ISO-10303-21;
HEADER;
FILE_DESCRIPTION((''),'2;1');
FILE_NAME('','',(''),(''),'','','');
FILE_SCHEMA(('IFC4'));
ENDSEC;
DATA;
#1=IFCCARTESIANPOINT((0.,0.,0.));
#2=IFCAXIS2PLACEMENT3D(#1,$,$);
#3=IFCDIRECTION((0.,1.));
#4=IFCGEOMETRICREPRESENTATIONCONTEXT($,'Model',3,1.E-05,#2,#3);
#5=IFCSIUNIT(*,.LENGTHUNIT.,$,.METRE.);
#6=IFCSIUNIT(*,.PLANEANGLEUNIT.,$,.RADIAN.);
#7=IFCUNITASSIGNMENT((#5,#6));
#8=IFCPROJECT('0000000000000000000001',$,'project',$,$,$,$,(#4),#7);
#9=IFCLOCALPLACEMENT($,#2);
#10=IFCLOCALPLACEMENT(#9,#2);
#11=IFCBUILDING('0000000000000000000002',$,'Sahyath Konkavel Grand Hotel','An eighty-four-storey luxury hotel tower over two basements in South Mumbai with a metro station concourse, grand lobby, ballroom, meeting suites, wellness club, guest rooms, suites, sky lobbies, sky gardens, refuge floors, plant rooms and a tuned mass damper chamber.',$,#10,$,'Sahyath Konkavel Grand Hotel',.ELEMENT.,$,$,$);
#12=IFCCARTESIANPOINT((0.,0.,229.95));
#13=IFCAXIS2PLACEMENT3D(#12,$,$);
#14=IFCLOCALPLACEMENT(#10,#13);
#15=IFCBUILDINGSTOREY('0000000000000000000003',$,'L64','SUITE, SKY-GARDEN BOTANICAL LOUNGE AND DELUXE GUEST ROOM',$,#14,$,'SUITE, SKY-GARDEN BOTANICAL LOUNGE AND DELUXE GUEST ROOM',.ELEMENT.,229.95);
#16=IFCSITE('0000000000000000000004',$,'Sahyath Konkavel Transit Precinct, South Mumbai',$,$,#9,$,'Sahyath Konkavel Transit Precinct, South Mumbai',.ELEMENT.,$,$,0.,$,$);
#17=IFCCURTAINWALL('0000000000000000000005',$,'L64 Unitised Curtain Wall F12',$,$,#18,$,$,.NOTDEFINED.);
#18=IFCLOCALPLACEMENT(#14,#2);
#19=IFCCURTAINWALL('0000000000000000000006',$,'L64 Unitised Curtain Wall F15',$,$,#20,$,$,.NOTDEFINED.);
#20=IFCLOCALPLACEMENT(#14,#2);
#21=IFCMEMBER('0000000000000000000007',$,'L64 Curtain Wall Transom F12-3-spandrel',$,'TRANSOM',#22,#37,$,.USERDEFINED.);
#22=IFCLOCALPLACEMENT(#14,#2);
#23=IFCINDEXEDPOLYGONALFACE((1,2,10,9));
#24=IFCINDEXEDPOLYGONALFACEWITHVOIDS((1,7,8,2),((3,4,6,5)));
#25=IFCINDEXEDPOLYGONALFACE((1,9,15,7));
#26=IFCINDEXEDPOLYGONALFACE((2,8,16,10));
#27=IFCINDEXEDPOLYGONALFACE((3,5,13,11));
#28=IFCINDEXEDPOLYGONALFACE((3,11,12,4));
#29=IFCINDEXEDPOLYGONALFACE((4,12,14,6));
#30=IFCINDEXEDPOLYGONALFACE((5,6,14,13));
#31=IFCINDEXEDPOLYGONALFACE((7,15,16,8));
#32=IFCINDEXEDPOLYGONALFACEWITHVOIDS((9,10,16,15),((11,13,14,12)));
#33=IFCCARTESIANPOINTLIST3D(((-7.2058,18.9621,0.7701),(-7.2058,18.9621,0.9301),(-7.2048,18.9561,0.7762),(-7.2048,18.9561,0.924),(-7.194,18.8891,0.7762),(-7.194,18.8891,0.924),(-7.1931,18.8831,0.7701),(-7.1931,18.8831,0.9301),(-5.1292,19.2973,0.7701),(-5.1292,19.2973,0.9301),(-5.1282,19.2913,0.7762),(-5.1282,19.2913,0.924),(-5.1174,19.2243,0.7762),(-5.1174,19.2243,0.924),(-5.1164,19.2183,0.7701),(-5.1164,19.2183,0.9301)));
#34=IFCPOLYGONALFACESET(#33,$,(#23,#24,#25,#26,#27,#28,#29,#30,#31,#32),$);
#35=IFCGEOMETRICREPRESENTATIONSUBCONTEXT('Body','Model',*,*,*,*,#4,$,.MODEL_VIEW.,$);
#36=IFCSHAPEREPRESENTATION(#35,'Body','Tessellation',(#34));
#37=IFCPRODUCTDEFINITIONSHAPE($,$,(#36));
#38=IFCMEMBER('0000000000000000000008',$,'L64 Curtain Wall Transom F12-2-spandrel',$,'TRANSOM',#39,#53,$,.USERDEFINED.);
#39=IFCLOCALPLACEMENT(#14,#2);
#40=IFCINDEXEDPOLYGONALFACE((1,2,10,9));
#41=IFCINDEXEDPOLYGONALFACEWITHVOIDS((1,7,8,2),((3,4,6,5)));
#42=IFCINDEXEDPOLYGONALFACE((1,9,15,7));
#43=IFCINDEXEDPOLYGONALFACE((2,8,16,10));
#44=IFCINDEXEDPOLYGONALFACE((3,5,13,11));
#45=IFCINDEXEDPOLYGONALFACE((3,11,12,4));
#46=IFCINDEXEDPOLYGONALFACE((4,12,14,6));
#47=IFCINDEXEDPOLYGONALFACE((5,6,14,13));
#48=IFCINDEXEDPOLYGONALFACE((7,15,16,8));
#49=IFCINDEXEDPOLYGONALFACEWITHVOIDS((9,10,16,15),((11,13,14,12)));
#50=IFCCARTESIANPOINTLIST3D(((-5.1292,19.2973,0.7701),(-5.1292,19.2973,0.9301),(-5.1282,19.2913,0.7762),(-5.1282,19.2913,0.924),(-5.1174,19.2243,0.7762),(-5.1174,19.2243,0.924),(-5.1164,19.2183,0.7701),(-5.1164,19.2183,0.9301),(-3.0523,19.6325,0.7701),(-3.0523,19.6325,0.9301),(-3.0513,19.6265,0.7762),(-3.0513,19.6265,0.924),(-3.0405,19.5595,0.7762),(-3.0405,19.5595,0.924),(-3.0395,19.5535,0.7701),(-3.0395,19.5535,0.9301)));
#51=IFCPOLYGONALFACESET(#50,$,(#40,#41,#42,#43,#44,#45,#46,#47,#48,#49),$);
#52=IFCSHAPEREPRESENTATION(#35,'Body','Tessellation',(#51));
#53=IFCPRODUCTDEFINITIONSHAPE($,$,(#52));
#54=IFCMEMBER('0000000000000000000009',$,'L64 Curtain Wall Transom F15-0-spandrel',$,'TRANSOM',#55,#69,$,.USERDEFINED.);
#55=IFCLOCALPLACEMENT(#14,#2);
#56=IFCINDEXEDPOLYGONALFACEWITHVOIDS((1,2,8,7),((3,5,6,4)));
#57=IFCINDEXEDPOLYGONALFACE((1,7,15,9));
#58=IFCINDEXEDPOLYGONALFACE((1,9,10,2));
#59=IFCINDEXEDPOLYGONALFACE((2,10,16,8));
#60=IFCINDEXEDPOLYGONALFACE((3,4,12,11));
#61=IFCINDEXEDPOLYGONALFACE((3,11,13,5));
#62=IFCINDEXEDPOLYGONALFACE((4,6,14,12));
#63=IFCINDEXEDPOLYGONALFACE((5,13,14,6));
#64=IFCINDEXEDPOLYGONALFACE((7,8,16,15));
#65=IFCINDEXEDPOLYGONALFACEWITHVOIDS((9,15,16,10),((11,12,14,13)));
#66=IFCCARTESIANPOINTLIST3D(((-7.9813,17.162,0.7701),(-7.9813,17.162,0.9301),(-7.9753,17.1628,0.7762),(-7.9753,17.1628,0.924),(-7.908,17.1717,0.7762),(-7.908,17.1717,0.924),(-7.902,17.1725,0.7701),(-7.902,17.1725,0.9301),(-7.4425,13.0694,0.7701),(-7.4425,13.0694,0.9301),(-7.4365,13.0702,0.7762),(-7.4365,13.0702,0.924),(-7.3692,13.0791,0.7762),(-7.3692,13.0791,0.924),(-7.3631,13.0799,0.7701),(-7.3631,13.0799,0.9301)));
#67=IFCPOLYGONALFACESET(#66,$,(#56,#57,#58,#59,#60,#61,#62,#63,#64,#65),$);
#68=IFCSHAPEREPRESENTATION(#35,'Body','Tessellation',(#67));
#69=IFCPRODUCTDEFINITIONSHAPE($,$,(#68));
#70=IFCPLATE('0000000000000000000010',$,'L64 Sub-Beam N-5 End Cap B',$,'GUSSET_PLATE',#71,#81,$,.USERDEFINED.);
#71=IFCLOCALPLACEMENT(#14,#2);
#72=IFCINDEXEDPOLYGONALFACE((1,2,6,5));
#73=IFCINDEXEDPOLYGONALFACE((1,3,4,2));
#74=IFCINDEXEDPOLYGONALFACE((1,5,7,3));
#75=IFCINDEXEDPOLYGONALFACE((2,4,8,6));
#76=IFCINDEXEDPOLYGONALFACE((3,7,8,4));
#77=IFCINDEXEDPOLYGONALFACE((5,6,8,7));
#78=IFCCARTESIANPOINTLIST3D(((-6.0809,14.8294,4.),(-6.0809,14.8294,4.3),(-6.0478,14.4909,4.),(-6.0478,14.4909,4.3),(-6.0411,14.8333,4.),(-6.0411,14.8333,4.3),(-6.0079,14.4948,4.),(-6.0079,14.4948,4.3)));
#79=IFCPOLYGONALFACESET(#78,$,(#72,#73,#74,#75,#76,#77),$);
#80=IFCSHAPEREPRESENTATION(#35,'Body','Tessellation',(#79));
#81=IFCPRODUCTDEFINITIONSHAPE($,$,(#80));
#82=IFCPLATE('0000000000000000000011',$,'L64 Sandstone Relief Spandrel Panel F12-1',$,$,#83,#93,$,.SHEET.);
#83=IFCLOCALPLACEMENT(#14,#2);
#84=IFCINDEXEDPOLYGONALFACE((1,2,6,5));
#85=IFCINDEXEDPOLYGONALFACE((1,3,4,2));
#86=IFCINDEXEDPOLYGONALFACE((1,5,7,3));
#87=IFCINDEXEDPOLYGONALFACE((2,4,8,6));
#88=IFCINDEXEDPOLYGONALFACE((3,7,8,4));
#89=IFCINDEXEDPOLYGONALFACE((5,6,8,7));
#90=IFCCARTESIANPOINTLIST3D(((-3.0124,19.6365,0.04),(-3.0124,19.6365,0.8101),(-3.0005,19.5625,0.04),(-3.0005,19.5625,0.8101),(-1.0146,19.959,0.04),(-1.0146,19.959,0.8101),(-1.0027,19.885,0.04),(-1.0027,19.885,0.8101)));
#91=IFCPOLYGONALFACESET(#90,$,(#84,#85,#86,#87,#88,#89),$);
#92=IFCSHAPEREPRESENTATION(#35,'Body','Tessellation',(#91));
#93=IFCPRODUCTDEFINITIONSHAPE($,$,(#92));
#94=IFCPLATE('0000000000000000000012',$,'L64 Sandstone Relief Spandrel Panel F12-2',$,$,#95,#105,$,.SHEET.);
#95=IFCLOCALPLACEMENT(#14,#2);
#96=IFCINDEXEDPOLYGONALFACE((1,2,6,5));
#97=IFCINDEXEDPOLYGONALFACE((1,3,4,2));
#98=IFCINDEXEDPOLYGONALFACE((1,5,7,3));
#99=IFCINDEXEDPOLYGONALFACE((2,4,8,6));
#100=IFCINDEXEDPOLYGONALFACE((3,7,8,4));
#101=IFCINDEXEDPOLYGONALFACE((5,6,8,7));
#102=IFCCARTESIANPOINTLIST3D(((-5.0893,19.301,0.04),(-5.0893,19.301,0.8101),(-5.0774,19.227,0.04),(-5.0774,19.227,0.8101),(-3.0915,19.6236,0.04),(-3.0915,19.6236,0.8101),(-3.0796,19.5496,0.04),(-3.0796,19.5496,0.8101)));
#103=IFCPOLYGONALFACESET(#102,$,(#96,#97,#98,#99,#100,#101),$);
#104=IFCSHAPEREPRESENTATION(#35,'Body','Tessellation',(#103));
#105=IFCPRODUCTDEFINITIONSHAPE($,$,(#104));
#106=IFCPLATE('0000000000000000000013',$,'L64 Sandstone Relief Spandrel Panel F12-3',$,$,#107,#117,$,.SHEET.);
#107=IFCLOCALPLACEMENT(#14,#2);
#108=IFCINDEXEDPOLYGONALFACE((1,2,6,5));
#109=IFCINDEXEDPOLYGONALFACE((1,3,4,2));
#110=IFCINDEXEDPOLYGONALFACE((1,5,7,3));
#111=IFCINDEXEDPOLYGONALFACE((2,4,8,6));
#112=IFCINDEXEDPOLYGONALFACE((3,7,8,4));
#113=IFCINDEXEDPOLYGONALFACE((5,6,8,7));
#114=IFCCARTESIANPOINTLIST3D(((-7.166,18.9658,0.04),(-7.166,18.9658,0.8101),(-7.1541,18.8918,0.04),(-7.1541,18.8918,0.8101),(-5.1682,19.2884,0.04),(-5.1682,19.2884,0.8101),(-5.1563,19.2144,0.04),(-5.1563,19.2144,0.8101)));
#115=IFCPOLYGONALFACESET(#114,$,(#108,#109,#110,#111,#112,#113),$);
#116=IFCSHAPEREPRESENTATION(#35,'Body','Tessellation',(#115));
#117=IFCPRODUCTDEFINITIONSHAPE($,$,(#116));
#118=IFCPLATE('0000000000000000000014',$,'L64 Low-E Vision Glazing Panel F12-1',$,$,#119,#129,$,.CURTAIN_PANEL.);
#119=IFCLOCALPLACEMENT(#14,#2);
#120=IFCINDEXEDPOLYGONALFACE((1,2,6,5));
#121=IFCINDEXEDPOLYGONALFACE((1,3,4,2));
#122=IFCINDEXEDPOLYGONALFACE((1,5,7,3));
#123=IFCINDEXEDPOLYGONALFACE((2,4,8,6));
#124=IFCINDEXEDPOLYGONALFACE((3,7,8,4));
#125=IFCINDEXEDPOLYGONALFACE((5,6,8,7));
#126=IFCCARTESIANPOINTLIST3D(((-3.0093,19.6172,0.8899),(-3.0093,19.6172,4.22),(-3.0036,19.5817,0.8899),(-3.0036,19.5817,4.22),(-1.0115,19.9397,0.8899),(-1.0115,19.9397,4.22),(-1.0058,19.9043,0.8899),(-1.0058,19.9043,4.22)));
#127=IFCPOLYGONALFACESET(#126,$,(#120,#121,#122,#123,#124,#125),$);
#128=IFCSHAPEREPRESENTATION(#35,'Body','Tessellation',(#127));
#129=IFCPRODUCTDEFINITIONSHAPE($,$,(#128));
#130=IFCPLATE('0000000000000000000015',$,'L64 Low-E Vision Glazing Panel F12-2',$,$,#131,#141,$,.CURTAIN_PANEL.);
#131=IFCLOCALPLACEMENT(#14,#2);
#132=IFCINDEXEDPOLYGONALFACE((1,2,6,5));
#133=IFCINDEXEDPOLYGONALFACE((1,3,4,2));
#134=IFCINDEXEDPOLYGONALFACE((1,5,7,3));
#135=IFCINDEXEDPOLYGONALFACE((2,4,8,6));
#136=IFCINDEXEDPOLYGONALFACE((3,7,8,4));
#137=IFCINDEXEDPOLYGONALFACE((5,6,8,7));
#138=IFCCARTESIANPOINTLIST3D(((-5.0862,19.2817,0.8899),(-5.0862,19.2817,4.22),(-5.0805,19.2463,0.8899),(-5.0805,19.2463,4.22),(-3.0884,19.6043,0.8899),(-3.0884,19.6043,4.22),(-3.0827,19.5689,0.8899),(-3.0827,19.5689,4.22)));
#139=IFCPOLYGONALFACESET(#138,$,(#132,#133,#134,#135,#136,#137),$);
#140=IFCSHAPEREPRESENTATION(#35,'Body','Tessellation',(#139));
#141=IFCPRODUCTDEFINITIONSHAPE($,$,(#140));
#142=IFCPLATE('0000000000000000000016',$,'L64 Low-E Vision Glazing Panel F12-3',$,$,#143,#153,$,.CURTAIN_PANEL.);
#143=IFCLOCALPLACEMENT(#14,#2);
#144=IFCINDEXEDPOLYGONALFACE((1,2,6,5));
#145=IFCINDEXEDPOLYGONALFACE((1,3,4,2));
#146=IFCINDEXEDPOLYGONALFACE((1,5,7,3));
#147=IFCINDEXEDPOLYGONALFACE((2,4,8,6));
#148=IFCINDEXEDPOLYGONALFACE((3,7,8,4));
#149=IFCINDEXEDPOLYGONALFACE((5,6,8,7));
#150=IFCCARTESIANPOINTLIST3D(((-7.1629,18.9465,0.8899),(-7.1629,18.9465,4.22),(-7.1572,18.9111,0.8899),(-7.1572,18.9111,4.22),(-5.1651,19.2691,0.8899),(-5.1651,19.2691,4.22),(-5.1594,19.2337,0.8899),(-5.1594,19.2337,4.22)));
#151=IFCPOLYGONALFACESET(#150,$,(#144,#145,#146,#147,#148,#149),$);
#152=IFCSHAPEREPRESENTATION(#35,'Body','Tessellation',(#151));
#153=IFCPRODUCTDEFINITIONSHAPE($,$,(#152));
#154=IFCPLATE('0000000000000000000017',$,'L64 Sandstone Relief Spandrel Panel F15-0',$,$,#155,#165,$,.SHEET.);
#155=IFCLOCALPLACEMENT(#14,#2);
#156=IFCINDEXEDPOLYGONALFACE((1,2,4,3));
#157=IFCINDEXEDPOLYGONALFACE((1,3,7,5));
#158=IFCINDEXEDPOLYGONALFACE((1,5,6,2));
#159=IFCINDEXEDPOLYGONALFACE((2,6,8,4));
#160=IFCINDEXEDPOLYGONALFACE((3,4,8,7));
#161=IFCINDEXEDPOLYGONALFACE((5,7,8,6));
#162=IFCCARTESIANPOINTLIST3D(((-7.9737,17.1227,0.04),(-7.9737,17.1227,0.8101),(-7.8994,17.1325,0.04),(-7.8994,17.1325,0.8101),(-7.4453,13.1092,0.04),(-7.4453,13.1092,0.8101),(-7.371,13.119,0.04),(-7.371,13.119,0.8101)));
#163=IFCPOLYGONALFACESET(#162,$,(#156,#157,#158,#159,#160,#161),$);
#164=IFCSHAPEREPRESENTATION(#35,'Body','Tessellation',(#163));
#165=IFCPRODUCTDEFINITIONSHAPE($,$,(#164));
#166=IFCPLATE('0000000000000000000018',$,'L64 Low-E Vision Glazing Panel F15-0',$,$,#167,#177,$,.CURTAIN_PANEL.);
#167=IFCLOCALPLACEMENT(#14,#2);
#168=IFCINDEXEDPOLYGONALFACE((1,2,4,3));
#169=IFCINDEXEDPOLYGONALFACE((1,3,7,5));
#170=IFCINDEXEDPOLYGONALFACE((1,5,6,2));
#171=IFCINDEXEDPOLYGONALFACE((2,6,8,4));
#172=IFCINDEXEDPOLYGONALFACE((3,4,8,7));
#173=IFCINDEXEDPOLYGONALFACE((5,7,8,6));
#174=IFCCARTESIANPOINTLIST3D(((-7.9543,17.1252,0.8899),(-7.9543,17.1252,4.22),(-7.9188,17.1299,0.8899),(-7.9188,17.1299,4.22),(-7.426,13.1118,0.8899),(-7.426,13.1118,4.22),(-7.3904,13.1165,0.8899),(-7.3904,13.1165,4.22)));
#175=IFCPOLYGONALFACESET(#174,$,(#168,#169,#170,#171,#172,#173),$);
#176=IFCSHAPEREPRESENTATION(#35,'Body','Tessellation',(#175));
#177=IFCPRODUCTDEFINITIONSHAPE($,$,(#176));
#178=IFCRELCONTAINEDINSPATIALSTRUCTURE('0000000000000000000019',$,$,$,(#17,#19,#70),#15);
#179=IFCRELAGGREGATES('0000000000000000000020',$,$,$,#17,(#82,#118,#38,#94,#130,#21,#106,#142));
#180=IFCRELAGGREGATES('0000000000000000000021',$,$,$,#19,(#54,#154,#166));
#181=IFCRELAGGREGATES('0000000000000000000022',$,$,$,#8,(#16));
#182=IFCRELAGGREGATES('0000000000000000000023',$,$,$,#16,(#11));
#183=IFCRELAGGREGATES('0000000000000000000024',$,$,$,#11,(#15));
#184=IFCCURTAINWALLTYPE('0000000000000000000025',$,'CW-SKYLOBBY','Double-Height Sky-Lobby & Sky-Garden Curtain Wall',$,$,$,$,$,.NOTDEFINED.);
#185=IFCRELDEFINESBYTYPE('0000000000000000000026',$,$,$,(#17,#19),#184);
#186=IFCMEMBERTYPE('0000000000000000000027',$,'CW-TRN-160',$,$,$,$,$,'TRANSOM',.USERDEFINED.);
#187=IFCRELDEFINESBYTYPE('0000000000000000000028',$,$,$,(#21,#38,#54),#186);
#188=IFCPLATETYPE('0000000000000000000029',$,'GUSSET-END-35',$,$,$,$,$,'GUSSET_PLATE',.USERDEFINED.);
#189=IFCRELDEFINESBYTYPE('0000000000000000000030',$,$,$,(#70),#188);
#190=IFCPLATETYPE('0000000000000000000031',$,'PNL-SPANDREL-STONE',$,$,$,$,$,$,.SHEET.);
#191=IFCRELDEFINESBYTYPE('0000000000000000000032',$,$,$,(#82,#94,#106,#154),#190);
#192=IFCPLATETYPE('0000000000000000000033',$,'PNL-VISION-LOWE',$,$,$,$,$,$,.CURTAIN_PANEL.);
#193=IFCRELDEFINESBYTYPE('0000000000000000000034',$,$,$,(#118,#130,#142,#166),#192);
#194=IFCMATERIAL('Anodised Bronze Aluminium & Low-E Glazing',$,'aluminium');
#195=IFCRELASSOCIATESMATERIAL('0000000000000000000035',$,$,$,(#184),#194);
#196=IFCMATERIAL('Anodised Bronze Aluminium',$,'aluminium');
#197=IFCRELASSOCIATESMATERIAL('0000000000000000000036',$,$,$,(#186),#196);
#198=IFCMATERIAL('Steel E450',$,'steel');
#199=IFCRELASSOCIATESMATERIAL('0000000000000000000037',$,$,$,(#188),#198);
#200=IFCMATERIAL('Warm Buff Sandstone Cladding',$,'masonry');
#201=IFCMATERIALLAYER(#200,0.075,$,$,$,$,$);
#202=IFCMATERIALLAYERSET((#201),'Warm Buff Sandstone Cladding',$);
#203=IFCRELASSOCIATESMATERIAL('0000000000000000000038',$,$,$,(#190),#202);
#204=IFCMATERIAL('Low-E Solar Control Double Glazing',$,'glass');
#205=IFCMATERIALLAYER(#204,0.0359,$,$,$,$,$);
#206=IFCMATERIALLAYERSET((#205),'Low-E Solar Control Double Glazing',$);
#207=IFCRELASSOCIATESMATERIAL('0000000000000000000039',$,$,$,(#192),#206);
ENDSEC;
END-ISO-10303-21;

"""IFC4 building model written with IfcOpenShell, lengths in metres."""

from ifc_helpers import new_model, si_unit, direction, frame, origin, origin_2d, place, context, subcontext, project, spatial, rectangle, hollow_rectangle, extrude, source, transform, mapped, material, layer, layer_set, material_profile, profile_set, type_object, element, aggregate, save


model = new_model("IFC4")

# Units and contexts
model_context = context("Model", 3, precision=1e-05, world=origin(), true_north=direction((0.0, 1.0)))
body_context = subcontext(model_context, "Body", "Model", "MODEL_VIEW")
ifc_project = project(units=[si_unit("LENGTHUNIT", "METRE"), si_unit("PLANEANGLEUNIT", "RADIAN")], contexts=[model_context])

# Site, building, storey
site_placement = place(None, origin())
site = spatial("IfcSite", under=ifc_project, at=site_placement, Name="Sahyath Konkavel Transit Precinct, South Mumbai", LongName="Sahyath Konkavel Transit Precinct, South Mumbai", CompositionType="ELEMENT", RefElevation=0.0)
building_placement = place(site_placement, origin())
building = spatial("IfcBuilding", under=site, at=building_placement, Name="Sahyath Konkavel Grand Hotel", Description="An eighty-four-storey luxury hotel tower over two basements in South Mumbai with a metro station concourse, grand lobby, ballroom, meeting suites, wellness club, guest rooms, suites, sky lobbies, sky gardens, refuge floors, plant rooms and a tuned mass damper chamber.", LongName="Sahyath Konkavel Grand Hotel", CompositionType="ELEMENT")
storey_placement = place(building_placement, frame((0.0, 0.0, 229.95)))
storey = spatial("IfcBuildingStorey", under=building, at=storey_placement, Name="L64", Description="SUITE, SKY-GARDEN BOTANICAL LOUNGE AND DELUXE GUEST ROOM", LongName="SUITE, SKY-GARDEN BOTANICAL LOUNGE AND DELUXE GUEST ROOM", CompositionType="ELEMENT", Elevation=229.95)

# Curtain wall
ifc_material_1 = material(Name="Anodised Bronze Aluminium & Low-E Glazing", Category="aluminium")
curtain_wall_type = type_object("IfcCurtainWallType", Name="CW-SKYLOBBY", Description="Double-Height Sky-Lobby & Sky-Garden Curtain Wall", PredefinedType="NOTDEFINED", material=ifc_material_1)
curtain_wall_1_placement = place(storey_placement, origin())
curtain_wall_1 = element("IfcCurtainWall", 1, at=curtain_wall_1_placement, inside=storey, type_object=curtain_wall_type, Name="L64 Unitised Curtain Wall F12", PredefinedType="NOTDEFINED")
ifc_material_2 = material(Name="Anodised Bronze Aluminium", Category="aluminium")

# Curtain wall
curtain_wall_2_placement = place(storey_placement, origin())
curtain_wall_2 = element("IfcCurtainWall", 2, at=curtain_wall_2_placement, inside=storey, type_object=curtain_wall_type, Name="L64 Unitised Curtain Wall F15", PredefinedType="NOTDEFINED")

# Members
ifc_material_profile_1 = material_profile(ifc_material_2, hollow_rectangle(XDim=0.0801, YDim=0.1599, WallThickness=0.0061, at=origin_2d()), Name="RHS 160x80x6")
ifc_profile_set_1 = profile_set([ifc_material_profile_1], Name="Anodised Bronze Aluminium")
member_type_1 = type_object("IfcMemberType", Name="CW-TRN-160", ElementType="TRANSOM", PredefinedType="USERDEFINED", material=ifc_profile_set_1)
shared_shape_1 = source(origin(), body_context, "Body", "SweptSolid", [
    extrude(hollow_rectangle(XDim=0.0801, YDim=0.1599, WallThickness=0.0061, at=origin_2d()), origin(), (0.0, 0.0, 1.0), 2.1035),
])
member_1_placement = place(storey_placement, frame((-5.1228, 19.2578, 0.8501), z_axis=(-0.987222, -0.159353, 0.0), x_axis=(0.159353, -0.987222, 0.0)))
member_1 = element("IfcMember", 3, at=member_1_placement, type_object=member_type_1, Name="L64 Curtain Wall Transom F12-3-spandrel", ObjectType="TRANSOM", PredefinedType="USERDEFINED", context=body_context, shape_type="MappedRepresentation", body=[
    mapped(shared_shape_1, transform((0.0, 0.0, 0.0), scale=1.0)),
])
shared_shape_2 = source(origin(), body_context, "Body", "SweptSolid", [
    extrude(hollow_rectangle(XDim=0.0801, YDim=0.1599, WallThickness=0.0061, at=origin_2d()), origin(), (0.0, 0.0, 1.0), 2.1038),
])
member_2_placement = place(storey_placement, frame((-3.0459, 19.593, 0.8501), z_axis=(-0.987225, -0.159335, 0.0), x_axis=(0.159335, -0.987225, 0.0)))
member_2 = element("IfcMember", 4, at=member_2_placement, type_object=member_type_1, Name="L64 Curtain Wall Transom F12-2-spandrel", ObjectType="TRANSOM", PredefinedType="USERDEFINED", context=body_context, shape_type="MappedRepresentation", body=[
    mapped(shared_shape_2, transform((0.0, 0.0, 0.0), scale=1.0)),
])
shared_shape_3 = source(origin(), body_context, "Body", "SweptSolid", [
    extrude(hollow_rectangle(XDim=0.0801, YDim=0.1599, WallThickness=0.0061, at=origin_2d()), origin(), (0.0, 0.0, 1.0), 4.1279),
])
member_3_placement = place(storey_placement, frame((-7.9417, 17.1672, 0.8501), z_axis=(0.130533, -0.991444, 0.0), x_axis=(0.991444, 0.130533, 0.0)))
member_3 = element("IfcMember", 5, at=member_3_placement, type_object=member_type_1, Name="L64 Curtain Wall Transom F15-0-spandrel", ObjectType="TRANSOM", PredefinedType="USERDEFINED", context=body_context, shape_type="MappedRepresentation", body=[
    mapped(shared_shape_3, transform((0.0, 0.0, 0.0), scale=1.0)),
])

# Plates
ifc_material_3 = material(Name="Steel E450", Category="steel")
plate_type_1 = type_object("IfcPlateType", Name="GUSSET-END-35", ElementType="GUSSET_PLATE", PredefinedType="USERDEFINED", material=ifc_material_3)
shared_shape_4 = source(origin(), body_context, "Body", "SweptSolid", [
    extrude(rectangle(XDim=0.04, YDim=0.3401, at=origin_2d()), origin(), (0.0, 0.0, 1.0), 0.3),
])
plate_1_placement = place(storey_placement, frame((-6.0444, 14.6621, 4.0), z_axis=(0.0, 0.0, 1.0), x_axis=(-0.995233, -0.097531, 0.0)))
element("IfcPlate", 6, at=plate_1_placement, inside=storey, type_object=plate_type_1, Name="L64 Sub-Beam N-5 End Cap B", ObjectType="GUSSET_PLATE", PredefinedType="USERDEFINED", context=body_context, shape_type="MappedRepresentation", body=[
    mapped(shared_shape_4, transform((0.0, 0.0, 0.0), scale=1.0)),
])
ifc_material_4 = material(Name="Warm Buff Sandstone Cladding", Category="masonry")
ifc_layer_1 = layer(ifc_material_4, 0.075)
ifc_layer_set_1 = layer_set([ifc_layer_1], Name="Warm Buff Sandstone Cladding")
plate_type_2 = type_object("IfcPlateType", Name="PNL-SPANDREL-STONE", PredefinedType="SHEET", material=ifc_layer_set_1)
shared_shape_5 = source(origin(), body_context, "Body", "SweptSolid", [
    extrude(rectangle(XDim=2.0237, YDim=0.075, at=origin_2d()), origin(), (0.0, 0.0, 1.0), 0.77),
])
plate_2_placement = place(storey_placement, frame((-2.0076, 19.7607, 0.04), z_axis=(0.0, 0.0, 1.0), x_axis=(-0.987214, -0.159399, 0.0)))
plate_2 = element("IfcPlate", 7, at=plate_2_placement, type_object=plate_type_2, Name="L64 Sandstone Relief Spandrel Panel F12-1", PredefinedType="SHEET", context=body_context, shape_type="MappedRepresentation", body=[
    mapped(shared_shape_5, transform((0.0, 0.0, 0.0), scale=1.0)),
])
plate_3_placement = place(storey_placement, frame((-4.0845, 19.4253, 0.04), z_axis=(0.0, 0.0, 1.0), x_axis=(-0.987214, -0.159399, 0.0)))
plate_3 = element("IfcPlate", 8, at=plate_3_placement, type_object=plate_type_2, Name="L64 Sandstone Relief Spandrel Panel F12-2", PredefinedType="SHEET", context=body_context, shape_type="MappedRepresentation", body=[
    mapped(shared_shape_5, transform((0.0, 0.0, 0.0), scale=1.0)),
])
plate_4_placement = place(storey_placement, frame((-6.1611, 19.0901, 0.04), z_axis=(0.0, 0.0, 1.0), x_axis=(-0.987214, -0.159399, 0.0)))
plate_4 = element("IfcPlate", 9, at=plate_4_placement, type_object=plate_type_2, Name="L64 Sandstone Relief Spandrel Panel F12-3", PredefinedType="SHEET", context=body_context, shape_type="MappedRepresentation", body=[
    mapped(shared_shape_5, transform((0.0, 0.0, 0.0), scale=1.0)),
])
ifc_material_5 = material(Name="Low-E Solar Control Double Glazing", Category="glass")
ifc_layer_2 = layer(ifc_material_5, 0.0359)
ifc_layer_set_2 = layer_set([ifc_layer_2], Name="Low-E Solar Control Double Glazing")
plate_type_3 = type_object("IfcPlateType", Name="PNL-VISION-LOWE", PredefinedType="CURTAIN_PANEL", material=ifc_layer_set_2)
shared_shape_6 = source(origin(), body_context, "Body", "SweptSolid", [
    extrude(rectangle(XDim=2.0237, YDim=0.0359, at=origin_2d()), origin(), (0.0, 0.0, 1.0), 3.3301),
])
plate_5_placement = place(storey_placement, frame((-2.0076, 19.7607, 0.8899), z_axis=(0.0, 0.0, 1.0), x_axis=(-0.987214, -0.159399, 0.0)))
plate_5 = element("IfcPlate", 10, at=plate_5_placement, type_object=plate_type_3, Name="L64 Low-E Vision Glazing Panel F12-1", PredefinedType="CURTAIN_PANEL", context=body_context, shape_type="MappedRepresentation", body=[
    mapped(shared_shape_6, transform((0.0, 0.0, 0.0), scale=1.0)),
])
plate_6_placement = place(storey_placement, frame((-4.0845, 19.4253, 0.8899), z_axis=(0.0, 0.0, 1.0), x_axis=(-0.987214, -0.159399, 0.0)))
plate_6 = element("IfcPlate", 11, at=plate_6_placement, type_object=plate_type_3, Name="L64 Low-E Vision Glazing Panel F12-2", PredefinedType="CURTAIN_PANEL", context=body_context, shape_type="MappedRepresentation", body=[
    mapped(shared_shape_6, transform((0.0, 0.0, 0.0), scale=1.0)),
])
plate_7_placement = place(storey_placement, frame((-6.1611, 19.0901, 0.8899), z_axis=(0.0, 0.0, 1.0), x_axis=(-0.987214, -0.159399, 0.0)))
plate_7 = element("IfcPlate", 12, at=plate_7_placement, type_object=plate_type_3, Name="L64 Low-E Vision Glazing Panel F12-3", PredefinedType="CURTAIN_PANEL", context=body_context, shape_type="MappedRepresentation", body=[
    mapped(shared_shape_6, transform((0.0, 0.0, 0.0), scale=1.0)),
])
aggregate(curtain_wall_1, [plate_2, plate_5, member_2, plate_3, plate_6, member_1, plate_4, plate_7])
shared_shape_7 = source(origin(), body_context, "Body", "SweptSolid", [
    extrude(rectangle(XDim=4.0481, YDim=0.075, at=origin_2d()), origin(), (0.0, 0.0, 1.0), 0.77),
])
plate_8_placement = place(storey_placement, frame((-7.6724, 15.1208, 0.04), z_axis=(0.0, 0.0, 1.0), x_axis=(0.130526, -0.991445, 0.0)))
plate_8 = element("IfcPlate", 13, at=plate_8_placement, type_object=plate_type_2, Name="L64 Sandstone Relief Spandrel Panel F15-0", PredefinedType="SHEET", context=body_context, shape_type="MappedRepresentation", body=[
    mapped(shared_shape_7, transform((0.0, 0.0, 0.0), scale=1.0)),
])
shared_shape_8 = source(origin(), body_context, "Body", "SweptSolid", [
    extrude(rectangle(XDim=4.0481, YDim=0.0359, at=origin_2d()), origin(), (0.0, 0.0, 1.0), 3.3301),
])
plate_9_placement = place(storey_placement, frame((-7.6724, 15.1208, 0.8899), z_axis=(0.0, 0.0, 1.0), x_axis=(0.130526, -0.991445, 0.0)))
plate_9 = element("IfcPlate", 14, at=plate_9_placement, type_object=plate_type_3, Name="L64 Low-E Vision Glazing Panel F15-0", PredefinedType="CURTAIN_PANEL", context=body_context, shape_type="MappedRepresentation", body=[
    mapped(shared_shape_8, transform((0.0, 0.0, 0.0), scale=1.0)),
])
aggregate(curtain_wall_2, [member_3, plate_8, plate_9])

save(model, "model.ifc")
